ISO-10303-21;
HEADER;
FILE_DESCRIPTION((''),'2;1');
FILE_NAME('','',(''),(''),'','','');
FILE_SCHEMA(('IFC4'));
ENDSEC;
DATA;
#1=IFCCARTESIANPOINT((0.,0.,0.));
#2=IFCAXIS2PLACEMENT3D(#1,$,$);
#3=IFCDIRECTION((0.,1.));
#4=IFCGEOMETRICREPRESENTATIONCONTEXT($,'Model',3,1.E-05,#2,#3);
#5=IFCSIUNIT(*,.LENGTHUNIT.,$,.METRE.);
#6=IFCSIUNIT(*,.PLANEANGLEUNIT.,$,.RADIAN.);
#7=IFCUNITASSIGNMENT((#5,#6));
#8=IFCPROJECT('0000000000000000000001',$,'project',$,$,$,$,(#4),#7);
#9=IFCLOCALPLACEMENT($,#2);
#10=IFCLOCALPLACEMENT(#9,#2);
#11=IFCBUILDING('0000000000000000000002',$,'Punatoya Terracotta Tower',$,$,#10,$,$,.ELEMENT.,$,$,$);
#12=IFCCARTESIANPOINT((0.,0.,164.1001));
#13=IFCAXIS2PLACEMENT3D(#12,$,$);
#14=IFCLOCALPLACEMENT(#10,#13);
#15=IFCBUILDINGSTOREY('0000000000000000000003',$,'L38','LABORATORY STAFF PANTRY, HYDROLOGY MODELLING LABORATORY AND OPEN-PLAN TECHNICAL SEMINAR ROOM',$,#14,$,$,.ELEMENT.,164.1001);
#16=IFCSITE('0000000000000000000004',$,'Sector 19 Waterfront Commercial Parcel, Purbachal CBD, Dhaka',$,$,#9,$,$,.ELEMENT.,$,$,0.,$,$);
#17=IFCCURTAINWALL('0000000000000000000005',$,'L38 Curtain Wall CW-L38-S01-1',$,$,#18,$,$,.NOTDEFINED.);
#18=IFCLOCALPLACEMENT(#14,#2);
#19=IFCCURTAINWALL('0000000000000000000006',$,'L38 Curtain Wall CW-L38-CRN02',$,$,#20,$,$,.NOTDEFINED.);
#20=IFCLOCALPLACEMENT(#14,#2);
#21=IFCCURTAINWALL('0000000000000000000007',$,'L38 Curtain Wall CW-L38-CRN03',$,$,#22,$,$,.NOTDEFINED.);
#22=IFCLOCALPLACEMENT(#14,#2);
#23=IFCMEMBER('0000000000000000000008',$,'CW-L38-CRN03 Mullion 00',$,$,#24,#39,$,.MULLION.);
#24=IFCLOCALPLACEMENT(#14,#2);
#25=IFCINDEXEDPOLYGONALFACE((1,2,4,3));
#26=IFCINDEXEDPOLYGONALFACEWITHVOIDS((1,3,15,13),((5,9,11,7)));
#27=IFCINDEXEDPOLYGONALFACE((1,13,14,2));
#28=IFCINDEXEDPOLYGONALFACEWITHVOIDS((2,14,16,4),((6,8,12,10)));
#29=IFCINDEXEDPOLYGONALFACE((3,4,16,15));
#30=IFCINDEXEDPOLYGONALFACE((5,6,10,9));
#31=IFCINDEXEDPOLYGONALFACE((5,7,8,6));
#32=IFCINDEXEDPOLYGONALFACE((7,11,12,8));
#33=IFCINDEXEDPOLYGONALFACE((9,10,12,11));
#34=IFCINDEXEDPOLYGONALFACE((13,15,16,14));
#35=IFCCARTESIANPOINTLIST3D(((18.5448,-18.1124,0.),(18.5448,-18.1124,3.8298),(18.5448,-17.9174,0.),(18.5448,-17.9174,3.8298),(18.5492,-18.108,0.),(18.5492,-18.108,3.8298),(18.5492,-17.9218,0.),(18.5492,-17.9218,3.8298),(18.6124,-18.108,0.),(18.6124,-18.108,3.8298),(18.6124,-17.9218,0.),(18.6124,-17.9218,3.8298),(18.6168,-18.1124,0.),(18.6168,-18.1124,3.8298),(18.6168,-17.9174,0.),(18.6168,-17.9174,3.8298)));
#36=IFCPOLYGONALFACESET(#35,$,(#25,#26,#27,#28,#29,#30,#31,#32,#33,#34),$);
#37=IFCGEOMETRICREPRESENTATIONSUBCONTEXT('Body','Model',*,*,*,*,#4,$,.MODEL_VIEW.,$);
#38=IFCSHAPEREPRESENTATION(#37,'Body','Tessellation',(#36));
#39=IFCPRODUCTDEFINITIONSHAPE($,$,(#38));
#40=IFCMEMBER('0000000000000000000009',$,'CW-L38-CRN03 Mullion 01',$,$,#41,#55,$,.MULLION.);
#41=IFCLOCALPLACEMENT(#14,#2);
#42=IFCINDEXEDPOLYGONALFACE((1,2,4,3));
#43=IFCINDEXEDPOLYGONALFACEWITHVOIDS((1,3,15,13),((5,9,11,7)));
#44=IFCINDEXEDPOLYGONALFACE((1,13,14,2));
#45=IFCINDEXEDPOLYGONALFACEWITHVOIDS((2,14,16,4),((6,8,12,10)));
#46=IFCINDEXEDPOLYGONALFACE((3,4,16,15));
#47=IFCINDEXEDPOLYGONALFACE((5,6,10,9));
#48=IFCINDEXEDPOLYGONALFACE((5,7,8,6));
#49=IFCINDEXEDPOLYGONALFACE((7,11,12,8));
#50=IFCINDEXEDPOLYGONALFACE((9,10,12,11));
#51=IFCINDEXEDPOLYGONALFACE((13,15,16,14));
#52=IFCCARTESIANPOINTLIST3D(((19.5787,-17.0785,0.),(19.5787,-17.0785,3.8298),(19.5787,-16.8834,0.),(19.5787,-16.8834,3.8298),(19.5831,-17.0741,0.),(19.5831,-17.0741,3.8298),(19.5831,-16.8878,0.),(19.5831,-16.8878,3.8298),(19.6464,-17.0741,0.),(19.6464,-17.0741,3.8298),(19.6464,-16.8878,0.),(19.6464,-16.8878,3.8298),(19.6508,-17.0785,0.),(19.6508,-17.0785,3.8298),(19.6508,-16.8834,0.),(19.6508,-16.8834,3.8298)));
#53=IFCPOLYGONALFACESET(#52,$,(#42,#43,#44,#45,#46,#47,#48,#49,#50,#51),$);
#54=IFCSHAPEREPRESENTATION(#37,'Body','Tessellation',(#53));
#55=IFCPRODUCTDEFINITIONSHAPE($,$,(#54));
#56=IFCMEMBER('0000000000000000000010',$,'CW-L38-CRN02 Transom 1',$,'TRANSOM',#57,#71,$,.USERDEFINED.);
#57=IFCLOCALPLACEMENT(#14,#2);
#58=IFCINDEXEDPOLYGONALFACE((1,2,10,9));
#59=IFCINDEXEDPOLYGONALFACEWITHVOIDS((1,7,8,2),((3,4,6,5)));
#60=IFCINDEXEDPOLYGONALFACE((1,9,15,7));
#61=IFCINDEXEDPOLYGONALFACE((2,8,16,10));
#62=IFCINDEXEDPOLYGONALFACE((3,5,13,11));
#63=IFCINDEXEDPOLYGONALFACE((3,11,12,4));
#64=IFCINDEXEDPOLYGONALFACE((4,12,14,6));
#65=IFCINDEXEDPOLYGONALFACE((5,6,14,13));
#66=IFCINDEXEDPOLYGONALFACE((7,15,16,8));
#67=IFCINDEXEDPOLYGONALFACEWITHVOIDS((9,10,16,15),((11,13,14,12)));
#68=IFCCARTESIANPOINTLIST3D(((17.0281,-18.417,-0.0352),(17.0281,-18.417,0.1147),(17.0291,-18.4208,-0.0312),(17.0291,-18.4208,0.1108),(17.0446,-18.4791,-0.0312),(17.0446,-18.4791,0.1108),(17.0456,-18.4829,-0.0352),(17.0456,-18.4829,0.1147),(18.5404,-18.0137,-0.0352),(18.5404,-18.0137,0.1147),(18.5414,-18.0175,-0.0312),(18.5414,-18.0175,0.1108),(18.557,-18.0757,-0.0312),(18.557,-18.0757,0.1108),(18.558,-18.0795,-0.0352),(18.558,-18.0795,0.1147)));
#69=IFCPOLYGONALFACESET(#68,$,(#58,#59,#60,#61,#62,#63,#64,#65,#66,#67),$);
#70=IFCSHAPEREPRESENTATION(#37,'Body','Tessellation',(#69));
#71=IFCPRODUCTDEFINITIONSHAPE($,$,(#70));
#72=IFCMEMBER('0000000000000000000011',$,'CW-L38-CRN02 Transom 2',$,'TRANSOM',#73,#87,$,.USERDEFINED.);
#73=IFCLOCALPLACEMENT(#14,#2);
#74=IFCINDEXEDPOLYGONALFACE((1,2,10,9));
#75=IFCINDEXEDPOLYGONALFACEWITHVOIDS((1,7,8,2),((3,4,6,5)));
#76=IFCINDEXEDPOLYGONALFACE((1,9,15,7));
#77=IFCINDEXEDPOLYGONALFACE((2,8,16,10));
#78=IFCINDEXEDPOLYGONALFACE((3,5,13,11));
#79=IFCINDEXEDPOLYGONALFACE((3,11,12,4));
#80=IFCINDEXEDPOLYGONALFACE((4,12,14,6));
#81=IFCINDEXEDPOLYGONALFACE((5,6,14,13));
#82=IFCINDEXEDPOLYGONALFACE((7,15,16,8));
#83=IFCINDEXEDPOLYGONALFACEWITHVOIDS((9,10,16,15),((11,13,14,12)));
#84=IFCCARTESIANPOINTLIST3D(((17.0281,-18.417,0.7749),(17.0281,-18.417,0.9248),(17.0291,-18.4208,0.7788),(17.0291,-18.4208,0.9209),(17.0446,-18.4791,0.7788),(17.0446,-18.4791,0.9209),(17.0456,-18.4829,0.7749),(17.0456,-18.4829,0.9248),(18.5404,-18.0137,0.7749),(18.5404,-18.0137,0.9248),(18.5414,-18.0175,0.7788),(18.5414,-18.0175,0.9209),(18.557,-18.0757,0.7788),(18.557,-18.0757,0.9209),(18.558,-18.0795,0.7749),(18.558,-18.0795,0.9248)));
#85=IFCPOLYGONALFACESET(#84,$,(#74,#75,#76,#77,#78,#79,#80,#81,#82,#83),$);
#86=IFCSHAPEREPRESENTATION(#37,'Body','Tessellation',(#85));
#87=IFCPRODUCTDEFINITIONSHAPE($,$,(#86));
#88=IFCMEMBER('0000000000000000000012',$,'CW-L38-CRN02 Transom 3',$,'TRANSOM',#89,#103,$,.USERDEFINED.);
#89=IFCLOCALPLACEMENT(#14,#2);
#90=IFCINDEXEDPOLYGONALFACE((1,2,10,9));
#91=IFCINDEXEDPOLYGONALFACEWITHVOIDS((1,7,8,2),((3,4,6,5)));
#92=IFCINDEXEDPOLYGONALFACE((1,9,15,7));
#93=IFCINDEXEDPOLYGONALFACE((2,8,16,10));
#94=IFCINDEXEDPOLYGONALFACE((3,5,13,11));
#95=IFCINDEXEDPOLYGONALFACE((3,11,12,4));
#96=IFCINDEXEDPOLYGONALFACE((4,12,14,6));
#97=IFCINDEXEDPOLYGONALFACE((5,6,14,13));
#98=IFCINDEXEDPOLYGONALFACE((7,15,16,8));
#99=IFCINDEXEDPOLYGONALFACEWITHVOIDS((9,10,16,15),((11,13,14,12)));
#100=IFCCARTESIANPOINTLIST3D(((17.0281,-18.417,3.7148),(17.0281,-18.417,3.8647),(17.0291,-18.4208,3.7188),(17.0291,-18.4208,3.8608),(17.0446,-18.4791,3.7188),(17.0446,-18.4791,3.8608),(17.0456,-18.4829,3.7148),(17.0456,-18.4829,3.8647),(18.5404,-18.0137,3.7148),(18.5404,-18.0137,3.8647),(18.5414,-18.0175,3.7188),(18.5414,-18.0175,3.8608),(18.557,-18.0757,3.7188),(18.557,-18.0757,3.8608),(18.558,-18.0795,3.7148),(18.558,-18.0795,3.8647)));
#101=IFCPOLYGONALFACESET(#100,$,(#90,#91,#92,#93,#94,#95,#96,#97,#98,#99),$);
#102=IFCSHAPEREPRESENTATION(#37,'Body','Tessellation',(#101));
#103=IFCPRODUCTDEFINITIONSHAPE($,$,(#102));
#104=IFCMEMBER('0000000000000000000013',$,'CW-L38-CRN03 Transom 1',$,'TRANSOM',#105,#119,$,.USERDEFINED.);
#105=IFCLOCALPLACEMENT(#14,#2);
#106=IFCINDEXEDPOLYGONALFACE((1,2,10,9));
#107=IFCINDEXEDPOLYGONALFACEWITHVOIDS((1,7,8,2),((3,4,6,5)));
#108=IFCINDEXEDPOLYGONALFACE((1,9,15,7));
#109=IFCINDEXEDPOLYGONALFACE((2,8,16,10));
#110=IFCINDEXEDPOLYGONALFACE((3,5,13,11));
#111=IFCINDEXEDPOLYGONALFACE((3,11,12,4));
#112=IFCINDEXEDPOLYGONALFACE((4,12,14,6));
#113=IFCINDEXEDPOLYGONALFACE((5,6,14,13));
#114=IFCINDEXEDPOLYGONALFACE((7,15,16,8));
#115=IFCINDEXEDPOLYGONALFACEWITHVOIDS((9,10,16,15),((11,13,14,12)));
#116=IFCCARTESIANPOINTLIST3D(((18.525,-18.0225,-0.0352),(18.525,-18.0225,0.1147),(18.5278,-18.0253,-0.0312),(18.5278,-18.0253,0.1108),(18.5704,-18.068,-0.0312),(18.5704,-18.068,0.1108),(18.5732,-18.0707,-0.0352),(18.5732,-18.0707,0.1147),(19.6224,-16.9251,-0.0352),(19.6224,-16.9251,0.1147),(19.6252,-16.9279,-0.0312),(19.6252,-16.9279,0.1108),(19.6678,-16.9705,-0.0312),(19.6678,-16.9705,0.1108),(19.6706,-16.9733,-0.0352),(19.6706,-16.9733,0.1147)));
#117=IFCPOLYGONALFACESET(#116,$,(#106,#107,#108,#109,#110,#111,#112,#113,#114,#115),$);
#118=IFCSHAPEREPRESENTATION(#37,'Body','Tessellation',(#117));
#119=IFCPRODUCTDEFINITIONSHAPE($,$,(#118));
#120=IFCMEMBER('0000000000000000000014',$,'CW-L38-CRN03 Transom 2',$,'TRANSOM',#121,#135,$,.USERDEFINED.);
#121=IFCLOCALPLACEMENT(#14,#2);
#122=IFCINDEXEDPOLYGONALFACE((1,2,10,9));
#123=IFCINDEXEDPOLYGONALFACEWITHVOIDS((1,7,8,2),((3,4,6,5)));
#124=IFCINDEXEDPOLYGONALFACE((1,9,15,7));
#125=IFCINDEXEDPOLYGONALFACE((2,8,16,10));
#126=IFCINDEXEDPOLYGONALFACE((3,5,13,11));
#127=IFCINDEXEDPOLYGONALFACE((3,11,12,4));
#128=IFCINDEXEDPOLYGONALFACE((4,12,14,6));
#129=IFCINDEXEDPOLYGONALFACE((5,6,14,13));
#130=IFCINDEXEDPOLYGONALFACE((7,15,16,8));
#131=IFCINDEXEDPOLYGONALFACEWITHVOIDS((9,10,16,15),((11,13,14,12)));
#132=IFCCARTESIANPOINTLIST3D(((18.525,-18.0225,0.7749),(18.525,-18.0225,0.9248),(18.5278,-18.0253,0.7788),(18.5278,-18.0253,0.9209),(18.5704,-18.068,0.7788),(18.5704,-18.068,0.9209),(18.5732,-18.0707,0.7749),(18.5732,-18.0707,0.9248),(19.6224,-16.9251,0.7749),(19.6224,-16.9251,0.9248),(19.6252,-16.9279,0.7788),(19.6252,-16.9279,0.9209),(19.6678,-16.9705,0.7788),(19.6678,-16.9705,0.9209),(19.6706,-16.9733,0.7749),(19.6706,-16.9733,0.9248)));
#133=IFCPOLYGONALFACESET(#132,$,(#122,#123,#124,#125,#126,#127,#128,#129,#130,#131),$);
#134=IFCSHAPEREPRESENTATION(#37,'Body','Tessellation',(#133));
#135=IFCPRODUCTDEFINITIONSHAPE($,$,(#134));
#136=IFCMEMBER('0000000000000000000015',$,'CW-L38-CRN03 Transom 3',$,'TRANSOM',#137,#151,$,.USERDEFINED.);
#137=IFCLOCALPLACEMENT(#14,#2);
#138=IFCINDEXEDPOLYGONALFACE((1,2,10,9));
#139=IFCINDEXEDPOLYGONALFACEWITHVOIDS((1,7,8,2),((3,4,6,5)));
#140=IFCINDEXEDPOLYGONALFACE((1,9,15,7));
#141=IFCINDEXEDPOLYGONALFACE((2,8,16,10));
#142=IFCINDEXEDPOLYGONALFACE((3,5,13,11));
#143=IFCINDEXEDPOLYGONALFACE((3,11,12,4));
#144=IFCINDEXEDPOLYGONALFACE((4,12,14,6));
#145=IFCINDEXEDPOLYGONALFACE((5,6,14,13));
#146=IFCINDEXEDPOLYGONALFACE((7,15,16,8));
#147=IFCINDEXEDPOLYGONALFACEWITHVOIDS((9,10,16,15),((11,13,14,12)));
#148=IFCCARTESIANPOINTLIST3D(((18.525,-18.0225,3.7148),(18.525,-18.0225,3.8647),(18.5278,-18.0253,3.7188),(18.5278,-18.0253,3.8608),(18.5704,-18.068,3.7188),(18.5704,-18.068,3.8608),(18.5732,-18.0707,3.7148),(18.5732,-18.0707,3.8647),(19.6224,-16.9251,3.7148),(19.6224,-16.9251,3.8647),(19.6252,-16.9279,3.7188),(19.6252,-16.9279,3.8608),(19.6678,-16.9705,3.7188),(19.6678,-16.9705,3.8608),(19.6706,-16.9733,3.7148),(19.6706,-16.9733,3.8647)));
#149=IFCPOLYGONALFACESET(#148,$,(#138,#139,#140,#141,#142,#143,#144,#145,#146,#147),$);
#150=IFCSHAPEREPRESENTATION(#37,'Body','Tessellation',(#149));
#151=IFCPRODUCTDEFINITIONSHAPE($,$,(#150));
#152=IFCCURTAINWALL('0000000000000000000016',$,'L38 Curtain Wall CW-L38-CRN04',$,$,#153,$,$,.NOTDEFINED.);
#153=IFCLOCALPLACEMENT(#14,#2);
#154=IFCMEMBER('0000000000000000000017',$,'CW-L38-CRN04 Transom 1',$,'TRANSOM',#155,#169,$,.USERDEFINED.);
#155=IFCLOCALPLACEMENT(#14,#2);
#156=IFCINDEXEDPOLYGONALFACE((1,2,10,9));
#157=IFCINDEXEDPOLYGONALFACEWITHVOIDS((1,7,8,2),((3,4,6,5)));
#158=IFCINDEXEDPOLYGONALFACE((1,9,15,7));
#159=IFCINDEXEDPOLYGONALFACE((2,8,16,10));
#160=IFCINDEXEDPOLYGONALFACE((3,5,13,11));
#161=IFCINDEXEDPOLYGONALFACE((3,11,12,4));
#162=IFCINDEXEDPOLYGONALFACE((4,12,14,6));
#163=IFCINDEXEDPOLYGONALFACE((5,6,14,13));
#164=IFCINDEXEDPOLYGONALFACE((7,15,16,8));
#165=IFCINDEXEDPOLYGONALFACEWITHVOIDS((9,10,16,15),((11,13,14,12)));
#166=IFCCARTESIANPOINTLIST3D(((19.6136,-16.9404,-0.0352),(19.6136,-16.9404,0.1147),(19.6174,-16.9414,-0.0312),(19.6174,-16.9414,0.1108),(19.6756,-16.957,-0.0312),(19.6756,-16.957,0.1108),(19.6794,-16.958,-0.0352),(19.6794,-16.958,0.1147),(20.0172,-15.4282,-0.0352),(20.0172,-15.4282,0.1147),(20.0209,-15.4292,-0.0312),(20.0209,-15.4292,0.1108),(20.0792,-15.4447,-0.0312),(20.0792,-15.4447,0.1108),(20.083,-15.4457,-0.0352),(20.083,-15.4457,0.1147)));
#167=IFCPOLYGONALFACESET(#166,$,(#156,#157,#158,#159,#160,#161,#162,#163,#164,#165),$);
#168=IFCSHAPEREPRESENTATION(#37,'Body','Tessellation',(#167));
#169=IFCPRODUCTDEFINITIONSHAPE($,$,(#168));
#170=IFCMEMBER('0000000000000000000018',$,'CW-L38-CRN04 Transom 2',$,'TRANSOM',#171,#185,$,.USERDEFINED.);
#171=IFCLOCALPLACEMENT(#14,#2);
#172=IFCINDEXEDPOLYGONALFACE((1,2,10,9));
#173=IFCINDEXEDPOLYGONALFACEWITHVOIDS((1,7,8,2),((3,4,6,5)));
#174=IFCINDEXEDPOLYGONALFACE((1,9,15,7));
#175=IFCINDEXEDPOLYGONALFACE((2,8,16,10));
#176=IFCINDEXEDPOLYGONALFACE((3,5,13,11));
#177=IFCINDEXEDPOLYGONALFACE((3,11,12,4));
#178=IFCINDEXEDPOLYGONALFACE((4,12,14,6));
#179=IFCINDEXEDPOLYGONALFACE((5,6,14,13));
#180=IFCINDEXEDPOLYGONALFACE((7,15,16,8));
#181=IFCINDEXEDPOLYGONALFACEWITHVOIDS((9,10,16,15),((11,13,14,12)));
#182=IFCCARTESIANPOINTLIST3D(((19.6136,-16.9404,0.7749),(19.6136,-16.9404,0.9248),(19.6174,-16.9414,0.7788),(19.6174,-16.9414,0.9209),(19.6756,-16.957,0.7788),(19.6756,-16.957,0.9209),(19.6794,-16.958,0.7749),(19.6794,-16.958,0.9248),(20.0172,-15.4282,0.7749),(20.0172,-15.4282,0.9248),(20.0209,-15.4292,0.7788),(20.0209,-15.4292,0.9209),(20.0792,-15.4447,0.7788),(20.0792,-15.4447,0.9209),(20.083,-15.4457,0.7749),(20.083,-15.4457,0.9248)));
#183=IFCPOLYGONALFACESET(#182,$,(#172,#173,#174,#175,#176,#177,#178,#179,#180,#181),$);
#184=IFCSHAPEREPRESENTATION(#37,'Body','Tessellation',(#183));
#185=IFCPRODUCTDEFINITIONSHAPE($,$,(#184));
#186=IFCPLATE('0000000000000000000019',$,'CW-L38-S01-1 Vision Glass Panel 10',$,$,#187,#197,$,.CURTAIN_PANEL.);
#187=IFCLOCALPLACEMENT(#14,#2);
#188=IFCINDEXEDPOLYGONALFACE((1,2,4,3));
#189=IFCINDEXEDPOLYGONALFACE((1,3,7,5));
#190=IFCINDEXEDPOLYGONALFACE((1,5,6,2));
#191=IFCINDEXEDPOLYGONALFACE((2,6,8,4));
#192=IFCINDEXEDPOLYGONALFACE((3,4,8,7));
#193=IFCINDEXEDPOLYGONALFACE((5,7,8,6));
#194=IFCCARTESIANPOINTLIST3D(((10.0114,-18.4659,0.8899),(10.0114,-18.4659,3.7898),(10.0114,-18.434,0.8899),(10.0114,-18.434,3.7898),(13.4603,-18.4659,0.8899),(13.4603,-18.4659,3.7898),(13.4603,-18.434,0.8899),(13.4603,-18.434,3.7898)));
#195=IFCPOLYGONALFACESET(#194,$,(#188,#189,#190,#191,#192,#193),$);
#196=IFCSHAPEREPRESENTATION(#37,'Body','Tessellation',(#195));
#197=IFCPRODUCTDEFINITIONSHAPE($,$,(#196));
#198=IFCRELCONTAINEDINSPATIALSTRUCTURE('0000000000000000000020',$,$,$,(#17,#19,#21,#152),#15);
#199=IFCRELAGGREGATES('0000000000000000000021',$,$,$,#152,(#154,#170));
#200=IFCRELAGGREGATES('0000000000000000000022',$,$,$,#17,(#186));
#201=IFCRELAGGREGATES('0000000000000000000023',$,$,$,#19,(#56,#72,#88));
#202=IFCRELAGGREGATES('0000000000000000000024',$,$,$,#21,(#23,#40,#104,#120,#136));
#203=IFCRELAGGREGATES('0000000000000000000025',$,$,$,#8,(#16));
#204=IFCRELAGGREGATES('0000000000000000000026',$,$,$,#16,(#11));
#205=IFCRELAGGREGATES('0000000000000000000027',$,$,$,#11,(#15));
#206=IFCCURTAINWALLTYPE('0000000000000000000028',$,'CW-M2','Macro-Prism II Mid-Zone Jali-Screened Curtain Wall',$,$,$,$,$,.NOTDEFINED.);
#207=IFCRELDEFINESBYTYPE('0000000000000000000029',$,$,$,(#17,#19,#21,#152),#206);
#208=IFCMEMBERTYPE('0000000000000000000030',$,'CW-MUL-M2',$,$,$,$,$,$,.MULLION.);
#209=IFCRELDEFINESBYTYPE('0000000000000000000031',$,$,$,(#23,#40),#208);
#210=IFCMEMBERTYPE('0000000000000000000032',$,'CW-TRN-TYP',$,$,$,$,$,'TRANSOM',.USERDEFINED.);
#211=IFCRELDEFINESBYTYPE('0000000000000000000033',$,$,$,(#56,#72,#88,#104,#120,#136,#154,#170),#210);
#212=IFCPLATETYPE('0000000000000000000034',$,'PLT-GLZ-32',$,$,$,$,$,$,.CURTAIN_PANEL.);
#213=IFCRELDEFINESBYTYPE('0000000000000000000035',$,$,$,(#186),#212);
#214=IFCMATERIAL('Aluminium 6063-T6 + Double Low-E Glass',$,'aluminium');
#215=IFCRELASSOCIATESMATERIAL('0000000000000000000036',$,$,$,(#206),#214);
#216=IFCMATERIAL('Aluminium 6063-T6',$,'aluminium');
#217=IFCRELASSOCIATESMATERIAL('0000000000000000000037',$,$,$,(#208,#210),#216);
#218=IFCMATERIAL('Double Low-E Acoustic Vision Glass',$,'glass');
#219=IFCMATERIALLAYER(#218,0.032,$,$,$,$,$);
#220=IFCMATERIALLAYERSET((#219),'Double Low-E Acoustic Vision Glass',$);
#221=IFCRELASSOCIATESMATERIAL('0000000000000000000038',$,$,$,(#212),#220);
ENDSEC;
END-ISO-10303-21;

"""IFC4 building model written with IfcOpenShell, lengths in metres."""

from ifc_helpers import new_model, si_unit, direction, frame, origin, origin_2d, place, context, subcontext, project, spatial, rectangle, hollow_rectangle, extrude, material, layer, layer_set, material_profile, profile_set, type_object, element, aggregate, save


model = new_model("IFC4")

# Units and contexts
model_context = context("Model", 3, precision=1e-05, world=origin(), true_north=direction((0.0, 1.0)))
body_context = subcontext(model_context, "Body", "Model", "MODEL_VIEW")
ifc_project = project(units=[si_unit("LENGTHUNIT", "METRE"), si_unit("PLANEANGLEUNIT", "RADIAN")], contexts=[model_context])

# Site, building, storey
site_placement = place(None, origin())
site = spatial("IfcSite", under=ifc_project, at=site_placement, Name="Sector 19 Waterfront Commercial Parcel, Purbachal CBD, Dhaka", CompositionType="ELEMENT", RefElevation=0.0)
building_placement = place(site_placement, origin())
building = spatial("IfcBuilding", under=site, at=building_placement, Name="Punatoya Terracotta Tower", CompositionType="ELEMENT")
storey_placement = place(building_placement, frame((0.0, 0.0, 164.1001)))
storey = spatial("IfcBuildingStorey", under=building, at=storey_placement, Name="L38", Description="LABORATORY STAFF PANTRY, HYDROLOGY MODELLING LABORATORY AND OPEN-PLAN TECHNICAL SEMINAR ROOM", CompositionType="ELEMENT", Elevation=164.1001)

# Curtain walls, members
ifc_material_1 = material(Name="Aluminium 6063-T6 + Double Low-E Glass", Category="aluminium")
curtain_wall_type = type_object("IfcCurtainWallType", Name="CW-M2", Description="Macro-Prism II Mid-Zone Jali-Screened Curtain Wall", PredefinedType="NOTDEFINED", material=ifc_material_1)
curtain_wall_1_placement = place(storey_placement, origin())
curtain_wall_1 = element("IfcCurtainWall", 1, at=curtain_wall_1_placement, inside=storey, type_object=curtain_wall_type, Name="L38 Curtain Wall CW-L38-S01-1", PredefinedType="NOTDEFINED")
ifc_material_2 = material(Name="Aluminium 6063-T6", Category="aluminium")
ifc_material_profile_1 = material_profile(ifc_material_2, hollow_rectangle(XDim=0.072, YDim=0.1951, WallThickness=0.0044, at=origin_2d()))
ifc_profile_set_1 = profile_set([ifc_material_profile_1], Name="Aluminium 6063-T6")
member_type_1 = type_object("IfcMemberType", Name="CW-MUL-M2", PredefinedType="MULLION", material=ifc_profile_set_1)
curtain_wall_2_placement = place(storey_placement, origin())
curtain_wall_2 = element("IfcCurtainWall", 2, at=curtain_wall_2_placement, inside=storey, type_object=curtain_wall_type, Name="L38 Curtain Wall CW-L38-CRN02", PredefinedType="NOTDEFINED")
curtain_wall_3_placement = place(storey_placement, origin())
curtain_wall_3 = element("IfcCurtainWall", 3, at=curtain_wall_3_placement, inside=storey, type_object=curtain_wall_type, Name="L38 Curtain Wall CW-L38-CRN03", PredefinedType="NOTDEFINED")
member_1_placement = place(storey_placement, frame((18.5808, -18.0149, 0.0), z_axis=(0.0, 0.0, 1.0), x_axis=(1.0, 0.0, 0.0)))
member_1 = element("IfcMember", 4, at=member_1_placement, type_object=member_type_1, Name="CW-L38-CRN03 Mullion 00", PredefinedType="MULLION", context=body_context, shape_type="SweptSolid", body=[
    extrude(hollow_rectangle(XDim=0.072, YDim=0.1951, WallThickness=0.0044, at=origin_2d()), origin(), (0.0, 0.0, 1.0), 3.8298),
])
member_2_placement = place(storey_placement, frame((19.6147, -16.981, 0.0), z_axis=(0.0, 0.0, 1.0), x_axis=(1.0, 0.0, 0.0)))
member_2 = element("IfcMember", 5, at=member_2_placement, type_object=member_type_1, Name="CW-L38-CRN03 Mullion 01", PredefinedType="MULLION", context=body_context, shape_type="SweptSolid", body=[
    extrude(hollow_rectangle(XDim=0.072, YDim=0.1951, WallThickness=0.0044, at=origin_2d()), origin(), (0.0, 0.0, 1.0), 3.8298),
])

# Members
ifc_material_profile_2 = material_profile(ifc_material_2, hollow_rectangle(XDim=0.0681, YDim=0.1499, WallThickness=0.0039, at=origin_2d()))
ifc_profile_set_2 = profile_set([ifc_material_profile_2], Name="Aluminium 6063-T6")
member_type_2 = type_object("IfcMemberType", Name="CW-TRN-TYP", ElementType="TRANSOM", PredefinedType="USERDEFINED", material=ifc_profile_set_2)
member_3_placement = place(storey_placement, frame((17.0369, -18.45, 0.0398), z_axis=(0.966225, 0.257701, 0.0), x_axis=(-0.257701, 0.966225, 0.0)))
member_3 = element("IfcMember", 6, at=member_3_placement, type_object=member_type_2, Name="CW-L38-CRN02 Transom 1", ObjectType="TRANSOM", PredefinedType="USERDEFINED", context=body_context, shape_type="SweptSolid", body=[
    extrude(hollow_rectangle(XDim=0.0681, YDim=0.1499, WallThickness=0.0039, at=origin_2d()), origin(), (0.0, 0.0, 1.0), 1.5652),
])
member_4_placement = place(storey_placement, frame((17.0369, -18.45, 0.8499), z_axis=(0.966225, 0.257701, 0.0), x_axis=(-0.257701, 0.966225, 0.0)))
member_4 = element("IfcMember", 7, at=member_4_placement, type_object=member_type_2, Name="CW-L38-CRN02 Transom 2", ObjectType="TRANSOM", PredefinedType="USERDEFINED", context=body_context, shape_type="SweptSolid", body=[
    extrude(hollow_rectangle(XDim=0.0681, YDim=0.1499, WallThickness=0.0039, at=origin_2d()), origin(), (0.0, 0.0, 1.0), 1.5652),
])
member_5_placement = place(storey_placement, frame((17.0369, -18.45, 3.7898), z_axis=(0.966225, 0.257701, 0.0), x_axis=(-0.257701, 0.966225, 0.0)))
member_5 = element("IfcMember", 8, at=member_5_placement, type_object=member_type_2, Name="CW-L38-CRN02 Transom 3", ObjectType="TRANSOM", PredefinedType="USERDEFINED", context=body_context, shape_type="SweptSolid", body=[
    extrude(hollow_rectangle(XDim=0.0681, YDim=0.1499, WallThickness=0.0039, at=origin_2d()), origin(), (0.0, 0.0, 1.0), 1.5652),
])
member_6_placement = place(storey_placement, frame((18.5491, -18.0466, 0.0398), z_axis=(0.707107, 0.707107, 0.0), x_axis=(-0.707107, 0.707107, 0.0)))
member_6 = element("IfcMember", 9, at=member_6_placement, type_object=member_type_2, Name="CW-L38-CRN03 Transom 1", ObjectType="TRANSOM", PredefinedType="USERDEFINED", context=body_context, shape_type="SweptSolid", body=[
    extrude(hollow_rectangle(XDim=0.0681, YDim=0.1499, WallThickness=0.0039, at=origin_2d()), origin(), (0.0, 0.0, 1.0), 1.552),
])
member_7_placement = place(storey_placement, frame((18.5491, -18.0466, 0.8499), z_axis=(0.707107, 0.707107, 0.0), x_axis=(-0.707107, 0.707107, 0.0)))
member_7 = element("IfcMember", 10, at=member_7_placement, type_object=member_type_2, Name="CW-L38-CRN03 Transom 2", ObjectType="TRANSOM", PredefinedType="USERDEFINED", context=body_context, shape_type="SweptSolid", body=[
    extrude(hollow_rectangle(XDim=0.0681, YDim=0.1499, WallThickness=0.0039, at=origin_2d()), origin(), (0.0, 0.0, 1.0), 1.552),
])
member_8_placement = place(storey_placement, frame((18.5491, -18.0466, 3.7898), z_axis=(0.707107, 0.707107, 0.0), x_axis=(-0.707107, 0.707107, 0.0)))
member_8 = element("IfcMember", 11, at=member_8_placement, type_object=member_type_2, Name="CW-L38-CRN03 Transom 3", ObjectType="TRANSOM", PredefinedType="USERDEFINED", context=body_context, shape_type="SweptSolid", body=[
    extrude(hollow_rectangle(XDim=0.0681, YDim=0.1499, WallThickness=0.0039, at=origin_2d()), origin(), (0.0, 0.0, 1.0), 1.552),
])

# Curtain wall, members
curtain_wall_4_placement = place(storey_placement, origin())
curtain_wall_4 = element("IfcCurtainWall", 12, at=curtain_wall_4_placement, inside=storey, type_object=curtain_wall_type, Name="L38 Curtain Wall CW-L38-CRN04", PredefinedType="NOTDEFINED")
member_9_placement = place(storey_placement, frame((19.6465, -16.9492, 0.0398), z_axis=(0.257847, 0.966186, 0.0), x_axis=(-0.966186, 0.257847, 0.0)))
member_9 = element("IfcMember", 13, at=member_9_placement, type_object=member_type_2, Name="CW-L38-CRN04 Transom 1", ObjectType="TRANSOM", PredefinedType="USERDEFINED", context=body_context, shape_type="SweptSolid", body=[
    extrude(hollow_rectangle(XDim=0.0681, YDim=0.1499, WallThickness=0.0039, at=origin_2d()), origin(), (0.0, 0.0, 1.0), 1.5652),
])
member_10_placement = place(storey_placement, frame((19.6465, -16.9492, 0.8499), z_axis=(0.257847, 0.966186, 0.0), x_axis=(-0.966186, 0.257847, 0.0)))
member_10 = element("IfcMember", 14, at=member_10_placement, type_object=member_type_2, Name="CW-L38-CRN04 Transom 2", ObjectType="TRANSOM", PredefinedType="USERDEFINED", context=body_context, shape_type="SweptSolid", body=[
    extrude(hollow_rectangle(XDim=0.0681, YDim=0.1499, WallThickness=0.0039, at=origin_2d()), origin(), (0.0, 0.0, 1.0), 1.5652),
])
aggregate(curtain_wall_4, [member_9, member_10])

# Plate
ifc_material_3 = material(Name="Double Low-E Acoustic Vision Glass", Category="glass")
ifc_layer_1 = layer(ifc_material_3, 0.032)
ifc_layer_set_1 = layer_set([ifc_layer_1], Name="Double Low-E Acoustic Vision Glass")
plate_type_1 = type_object("IfcPlateType", Name="PLT-GLZ-32", PredefinedType="CURTAIN_PANEL", material=ifc_layer_set_1)
plate_1_placement = place(storey_placement, frame((11.7358, -18.45, 0.8899), z_axis=(0.0, 0.0, 1.0), x_axis=(1.0, 0.0, 0.0)))
plate_1 = element("IfcPlate", 15, at=plate_1_placement, type_object=plate_type_1, Name="CW-L38-S01-1 Vision Glass Panel 10", PredefinedType="CURTAIN_PANEL", context=body_context, shape_type="SweptSolid", body=[
    extrude(rectangle(XDim=3.449, YDim=0.032, at=origin_2d()), origin(), (0.0, 0.0, 1.0), 2.8999),
])
aggregate(curtain_wall_1, [plate_1])
aggregate(curtain_wall_2, [member_3, member_4, member_5])
aggregate(curtain_wall_3, [member_1, member_2, member_6, member_7, member_8])

save(model, "model.ifc")
